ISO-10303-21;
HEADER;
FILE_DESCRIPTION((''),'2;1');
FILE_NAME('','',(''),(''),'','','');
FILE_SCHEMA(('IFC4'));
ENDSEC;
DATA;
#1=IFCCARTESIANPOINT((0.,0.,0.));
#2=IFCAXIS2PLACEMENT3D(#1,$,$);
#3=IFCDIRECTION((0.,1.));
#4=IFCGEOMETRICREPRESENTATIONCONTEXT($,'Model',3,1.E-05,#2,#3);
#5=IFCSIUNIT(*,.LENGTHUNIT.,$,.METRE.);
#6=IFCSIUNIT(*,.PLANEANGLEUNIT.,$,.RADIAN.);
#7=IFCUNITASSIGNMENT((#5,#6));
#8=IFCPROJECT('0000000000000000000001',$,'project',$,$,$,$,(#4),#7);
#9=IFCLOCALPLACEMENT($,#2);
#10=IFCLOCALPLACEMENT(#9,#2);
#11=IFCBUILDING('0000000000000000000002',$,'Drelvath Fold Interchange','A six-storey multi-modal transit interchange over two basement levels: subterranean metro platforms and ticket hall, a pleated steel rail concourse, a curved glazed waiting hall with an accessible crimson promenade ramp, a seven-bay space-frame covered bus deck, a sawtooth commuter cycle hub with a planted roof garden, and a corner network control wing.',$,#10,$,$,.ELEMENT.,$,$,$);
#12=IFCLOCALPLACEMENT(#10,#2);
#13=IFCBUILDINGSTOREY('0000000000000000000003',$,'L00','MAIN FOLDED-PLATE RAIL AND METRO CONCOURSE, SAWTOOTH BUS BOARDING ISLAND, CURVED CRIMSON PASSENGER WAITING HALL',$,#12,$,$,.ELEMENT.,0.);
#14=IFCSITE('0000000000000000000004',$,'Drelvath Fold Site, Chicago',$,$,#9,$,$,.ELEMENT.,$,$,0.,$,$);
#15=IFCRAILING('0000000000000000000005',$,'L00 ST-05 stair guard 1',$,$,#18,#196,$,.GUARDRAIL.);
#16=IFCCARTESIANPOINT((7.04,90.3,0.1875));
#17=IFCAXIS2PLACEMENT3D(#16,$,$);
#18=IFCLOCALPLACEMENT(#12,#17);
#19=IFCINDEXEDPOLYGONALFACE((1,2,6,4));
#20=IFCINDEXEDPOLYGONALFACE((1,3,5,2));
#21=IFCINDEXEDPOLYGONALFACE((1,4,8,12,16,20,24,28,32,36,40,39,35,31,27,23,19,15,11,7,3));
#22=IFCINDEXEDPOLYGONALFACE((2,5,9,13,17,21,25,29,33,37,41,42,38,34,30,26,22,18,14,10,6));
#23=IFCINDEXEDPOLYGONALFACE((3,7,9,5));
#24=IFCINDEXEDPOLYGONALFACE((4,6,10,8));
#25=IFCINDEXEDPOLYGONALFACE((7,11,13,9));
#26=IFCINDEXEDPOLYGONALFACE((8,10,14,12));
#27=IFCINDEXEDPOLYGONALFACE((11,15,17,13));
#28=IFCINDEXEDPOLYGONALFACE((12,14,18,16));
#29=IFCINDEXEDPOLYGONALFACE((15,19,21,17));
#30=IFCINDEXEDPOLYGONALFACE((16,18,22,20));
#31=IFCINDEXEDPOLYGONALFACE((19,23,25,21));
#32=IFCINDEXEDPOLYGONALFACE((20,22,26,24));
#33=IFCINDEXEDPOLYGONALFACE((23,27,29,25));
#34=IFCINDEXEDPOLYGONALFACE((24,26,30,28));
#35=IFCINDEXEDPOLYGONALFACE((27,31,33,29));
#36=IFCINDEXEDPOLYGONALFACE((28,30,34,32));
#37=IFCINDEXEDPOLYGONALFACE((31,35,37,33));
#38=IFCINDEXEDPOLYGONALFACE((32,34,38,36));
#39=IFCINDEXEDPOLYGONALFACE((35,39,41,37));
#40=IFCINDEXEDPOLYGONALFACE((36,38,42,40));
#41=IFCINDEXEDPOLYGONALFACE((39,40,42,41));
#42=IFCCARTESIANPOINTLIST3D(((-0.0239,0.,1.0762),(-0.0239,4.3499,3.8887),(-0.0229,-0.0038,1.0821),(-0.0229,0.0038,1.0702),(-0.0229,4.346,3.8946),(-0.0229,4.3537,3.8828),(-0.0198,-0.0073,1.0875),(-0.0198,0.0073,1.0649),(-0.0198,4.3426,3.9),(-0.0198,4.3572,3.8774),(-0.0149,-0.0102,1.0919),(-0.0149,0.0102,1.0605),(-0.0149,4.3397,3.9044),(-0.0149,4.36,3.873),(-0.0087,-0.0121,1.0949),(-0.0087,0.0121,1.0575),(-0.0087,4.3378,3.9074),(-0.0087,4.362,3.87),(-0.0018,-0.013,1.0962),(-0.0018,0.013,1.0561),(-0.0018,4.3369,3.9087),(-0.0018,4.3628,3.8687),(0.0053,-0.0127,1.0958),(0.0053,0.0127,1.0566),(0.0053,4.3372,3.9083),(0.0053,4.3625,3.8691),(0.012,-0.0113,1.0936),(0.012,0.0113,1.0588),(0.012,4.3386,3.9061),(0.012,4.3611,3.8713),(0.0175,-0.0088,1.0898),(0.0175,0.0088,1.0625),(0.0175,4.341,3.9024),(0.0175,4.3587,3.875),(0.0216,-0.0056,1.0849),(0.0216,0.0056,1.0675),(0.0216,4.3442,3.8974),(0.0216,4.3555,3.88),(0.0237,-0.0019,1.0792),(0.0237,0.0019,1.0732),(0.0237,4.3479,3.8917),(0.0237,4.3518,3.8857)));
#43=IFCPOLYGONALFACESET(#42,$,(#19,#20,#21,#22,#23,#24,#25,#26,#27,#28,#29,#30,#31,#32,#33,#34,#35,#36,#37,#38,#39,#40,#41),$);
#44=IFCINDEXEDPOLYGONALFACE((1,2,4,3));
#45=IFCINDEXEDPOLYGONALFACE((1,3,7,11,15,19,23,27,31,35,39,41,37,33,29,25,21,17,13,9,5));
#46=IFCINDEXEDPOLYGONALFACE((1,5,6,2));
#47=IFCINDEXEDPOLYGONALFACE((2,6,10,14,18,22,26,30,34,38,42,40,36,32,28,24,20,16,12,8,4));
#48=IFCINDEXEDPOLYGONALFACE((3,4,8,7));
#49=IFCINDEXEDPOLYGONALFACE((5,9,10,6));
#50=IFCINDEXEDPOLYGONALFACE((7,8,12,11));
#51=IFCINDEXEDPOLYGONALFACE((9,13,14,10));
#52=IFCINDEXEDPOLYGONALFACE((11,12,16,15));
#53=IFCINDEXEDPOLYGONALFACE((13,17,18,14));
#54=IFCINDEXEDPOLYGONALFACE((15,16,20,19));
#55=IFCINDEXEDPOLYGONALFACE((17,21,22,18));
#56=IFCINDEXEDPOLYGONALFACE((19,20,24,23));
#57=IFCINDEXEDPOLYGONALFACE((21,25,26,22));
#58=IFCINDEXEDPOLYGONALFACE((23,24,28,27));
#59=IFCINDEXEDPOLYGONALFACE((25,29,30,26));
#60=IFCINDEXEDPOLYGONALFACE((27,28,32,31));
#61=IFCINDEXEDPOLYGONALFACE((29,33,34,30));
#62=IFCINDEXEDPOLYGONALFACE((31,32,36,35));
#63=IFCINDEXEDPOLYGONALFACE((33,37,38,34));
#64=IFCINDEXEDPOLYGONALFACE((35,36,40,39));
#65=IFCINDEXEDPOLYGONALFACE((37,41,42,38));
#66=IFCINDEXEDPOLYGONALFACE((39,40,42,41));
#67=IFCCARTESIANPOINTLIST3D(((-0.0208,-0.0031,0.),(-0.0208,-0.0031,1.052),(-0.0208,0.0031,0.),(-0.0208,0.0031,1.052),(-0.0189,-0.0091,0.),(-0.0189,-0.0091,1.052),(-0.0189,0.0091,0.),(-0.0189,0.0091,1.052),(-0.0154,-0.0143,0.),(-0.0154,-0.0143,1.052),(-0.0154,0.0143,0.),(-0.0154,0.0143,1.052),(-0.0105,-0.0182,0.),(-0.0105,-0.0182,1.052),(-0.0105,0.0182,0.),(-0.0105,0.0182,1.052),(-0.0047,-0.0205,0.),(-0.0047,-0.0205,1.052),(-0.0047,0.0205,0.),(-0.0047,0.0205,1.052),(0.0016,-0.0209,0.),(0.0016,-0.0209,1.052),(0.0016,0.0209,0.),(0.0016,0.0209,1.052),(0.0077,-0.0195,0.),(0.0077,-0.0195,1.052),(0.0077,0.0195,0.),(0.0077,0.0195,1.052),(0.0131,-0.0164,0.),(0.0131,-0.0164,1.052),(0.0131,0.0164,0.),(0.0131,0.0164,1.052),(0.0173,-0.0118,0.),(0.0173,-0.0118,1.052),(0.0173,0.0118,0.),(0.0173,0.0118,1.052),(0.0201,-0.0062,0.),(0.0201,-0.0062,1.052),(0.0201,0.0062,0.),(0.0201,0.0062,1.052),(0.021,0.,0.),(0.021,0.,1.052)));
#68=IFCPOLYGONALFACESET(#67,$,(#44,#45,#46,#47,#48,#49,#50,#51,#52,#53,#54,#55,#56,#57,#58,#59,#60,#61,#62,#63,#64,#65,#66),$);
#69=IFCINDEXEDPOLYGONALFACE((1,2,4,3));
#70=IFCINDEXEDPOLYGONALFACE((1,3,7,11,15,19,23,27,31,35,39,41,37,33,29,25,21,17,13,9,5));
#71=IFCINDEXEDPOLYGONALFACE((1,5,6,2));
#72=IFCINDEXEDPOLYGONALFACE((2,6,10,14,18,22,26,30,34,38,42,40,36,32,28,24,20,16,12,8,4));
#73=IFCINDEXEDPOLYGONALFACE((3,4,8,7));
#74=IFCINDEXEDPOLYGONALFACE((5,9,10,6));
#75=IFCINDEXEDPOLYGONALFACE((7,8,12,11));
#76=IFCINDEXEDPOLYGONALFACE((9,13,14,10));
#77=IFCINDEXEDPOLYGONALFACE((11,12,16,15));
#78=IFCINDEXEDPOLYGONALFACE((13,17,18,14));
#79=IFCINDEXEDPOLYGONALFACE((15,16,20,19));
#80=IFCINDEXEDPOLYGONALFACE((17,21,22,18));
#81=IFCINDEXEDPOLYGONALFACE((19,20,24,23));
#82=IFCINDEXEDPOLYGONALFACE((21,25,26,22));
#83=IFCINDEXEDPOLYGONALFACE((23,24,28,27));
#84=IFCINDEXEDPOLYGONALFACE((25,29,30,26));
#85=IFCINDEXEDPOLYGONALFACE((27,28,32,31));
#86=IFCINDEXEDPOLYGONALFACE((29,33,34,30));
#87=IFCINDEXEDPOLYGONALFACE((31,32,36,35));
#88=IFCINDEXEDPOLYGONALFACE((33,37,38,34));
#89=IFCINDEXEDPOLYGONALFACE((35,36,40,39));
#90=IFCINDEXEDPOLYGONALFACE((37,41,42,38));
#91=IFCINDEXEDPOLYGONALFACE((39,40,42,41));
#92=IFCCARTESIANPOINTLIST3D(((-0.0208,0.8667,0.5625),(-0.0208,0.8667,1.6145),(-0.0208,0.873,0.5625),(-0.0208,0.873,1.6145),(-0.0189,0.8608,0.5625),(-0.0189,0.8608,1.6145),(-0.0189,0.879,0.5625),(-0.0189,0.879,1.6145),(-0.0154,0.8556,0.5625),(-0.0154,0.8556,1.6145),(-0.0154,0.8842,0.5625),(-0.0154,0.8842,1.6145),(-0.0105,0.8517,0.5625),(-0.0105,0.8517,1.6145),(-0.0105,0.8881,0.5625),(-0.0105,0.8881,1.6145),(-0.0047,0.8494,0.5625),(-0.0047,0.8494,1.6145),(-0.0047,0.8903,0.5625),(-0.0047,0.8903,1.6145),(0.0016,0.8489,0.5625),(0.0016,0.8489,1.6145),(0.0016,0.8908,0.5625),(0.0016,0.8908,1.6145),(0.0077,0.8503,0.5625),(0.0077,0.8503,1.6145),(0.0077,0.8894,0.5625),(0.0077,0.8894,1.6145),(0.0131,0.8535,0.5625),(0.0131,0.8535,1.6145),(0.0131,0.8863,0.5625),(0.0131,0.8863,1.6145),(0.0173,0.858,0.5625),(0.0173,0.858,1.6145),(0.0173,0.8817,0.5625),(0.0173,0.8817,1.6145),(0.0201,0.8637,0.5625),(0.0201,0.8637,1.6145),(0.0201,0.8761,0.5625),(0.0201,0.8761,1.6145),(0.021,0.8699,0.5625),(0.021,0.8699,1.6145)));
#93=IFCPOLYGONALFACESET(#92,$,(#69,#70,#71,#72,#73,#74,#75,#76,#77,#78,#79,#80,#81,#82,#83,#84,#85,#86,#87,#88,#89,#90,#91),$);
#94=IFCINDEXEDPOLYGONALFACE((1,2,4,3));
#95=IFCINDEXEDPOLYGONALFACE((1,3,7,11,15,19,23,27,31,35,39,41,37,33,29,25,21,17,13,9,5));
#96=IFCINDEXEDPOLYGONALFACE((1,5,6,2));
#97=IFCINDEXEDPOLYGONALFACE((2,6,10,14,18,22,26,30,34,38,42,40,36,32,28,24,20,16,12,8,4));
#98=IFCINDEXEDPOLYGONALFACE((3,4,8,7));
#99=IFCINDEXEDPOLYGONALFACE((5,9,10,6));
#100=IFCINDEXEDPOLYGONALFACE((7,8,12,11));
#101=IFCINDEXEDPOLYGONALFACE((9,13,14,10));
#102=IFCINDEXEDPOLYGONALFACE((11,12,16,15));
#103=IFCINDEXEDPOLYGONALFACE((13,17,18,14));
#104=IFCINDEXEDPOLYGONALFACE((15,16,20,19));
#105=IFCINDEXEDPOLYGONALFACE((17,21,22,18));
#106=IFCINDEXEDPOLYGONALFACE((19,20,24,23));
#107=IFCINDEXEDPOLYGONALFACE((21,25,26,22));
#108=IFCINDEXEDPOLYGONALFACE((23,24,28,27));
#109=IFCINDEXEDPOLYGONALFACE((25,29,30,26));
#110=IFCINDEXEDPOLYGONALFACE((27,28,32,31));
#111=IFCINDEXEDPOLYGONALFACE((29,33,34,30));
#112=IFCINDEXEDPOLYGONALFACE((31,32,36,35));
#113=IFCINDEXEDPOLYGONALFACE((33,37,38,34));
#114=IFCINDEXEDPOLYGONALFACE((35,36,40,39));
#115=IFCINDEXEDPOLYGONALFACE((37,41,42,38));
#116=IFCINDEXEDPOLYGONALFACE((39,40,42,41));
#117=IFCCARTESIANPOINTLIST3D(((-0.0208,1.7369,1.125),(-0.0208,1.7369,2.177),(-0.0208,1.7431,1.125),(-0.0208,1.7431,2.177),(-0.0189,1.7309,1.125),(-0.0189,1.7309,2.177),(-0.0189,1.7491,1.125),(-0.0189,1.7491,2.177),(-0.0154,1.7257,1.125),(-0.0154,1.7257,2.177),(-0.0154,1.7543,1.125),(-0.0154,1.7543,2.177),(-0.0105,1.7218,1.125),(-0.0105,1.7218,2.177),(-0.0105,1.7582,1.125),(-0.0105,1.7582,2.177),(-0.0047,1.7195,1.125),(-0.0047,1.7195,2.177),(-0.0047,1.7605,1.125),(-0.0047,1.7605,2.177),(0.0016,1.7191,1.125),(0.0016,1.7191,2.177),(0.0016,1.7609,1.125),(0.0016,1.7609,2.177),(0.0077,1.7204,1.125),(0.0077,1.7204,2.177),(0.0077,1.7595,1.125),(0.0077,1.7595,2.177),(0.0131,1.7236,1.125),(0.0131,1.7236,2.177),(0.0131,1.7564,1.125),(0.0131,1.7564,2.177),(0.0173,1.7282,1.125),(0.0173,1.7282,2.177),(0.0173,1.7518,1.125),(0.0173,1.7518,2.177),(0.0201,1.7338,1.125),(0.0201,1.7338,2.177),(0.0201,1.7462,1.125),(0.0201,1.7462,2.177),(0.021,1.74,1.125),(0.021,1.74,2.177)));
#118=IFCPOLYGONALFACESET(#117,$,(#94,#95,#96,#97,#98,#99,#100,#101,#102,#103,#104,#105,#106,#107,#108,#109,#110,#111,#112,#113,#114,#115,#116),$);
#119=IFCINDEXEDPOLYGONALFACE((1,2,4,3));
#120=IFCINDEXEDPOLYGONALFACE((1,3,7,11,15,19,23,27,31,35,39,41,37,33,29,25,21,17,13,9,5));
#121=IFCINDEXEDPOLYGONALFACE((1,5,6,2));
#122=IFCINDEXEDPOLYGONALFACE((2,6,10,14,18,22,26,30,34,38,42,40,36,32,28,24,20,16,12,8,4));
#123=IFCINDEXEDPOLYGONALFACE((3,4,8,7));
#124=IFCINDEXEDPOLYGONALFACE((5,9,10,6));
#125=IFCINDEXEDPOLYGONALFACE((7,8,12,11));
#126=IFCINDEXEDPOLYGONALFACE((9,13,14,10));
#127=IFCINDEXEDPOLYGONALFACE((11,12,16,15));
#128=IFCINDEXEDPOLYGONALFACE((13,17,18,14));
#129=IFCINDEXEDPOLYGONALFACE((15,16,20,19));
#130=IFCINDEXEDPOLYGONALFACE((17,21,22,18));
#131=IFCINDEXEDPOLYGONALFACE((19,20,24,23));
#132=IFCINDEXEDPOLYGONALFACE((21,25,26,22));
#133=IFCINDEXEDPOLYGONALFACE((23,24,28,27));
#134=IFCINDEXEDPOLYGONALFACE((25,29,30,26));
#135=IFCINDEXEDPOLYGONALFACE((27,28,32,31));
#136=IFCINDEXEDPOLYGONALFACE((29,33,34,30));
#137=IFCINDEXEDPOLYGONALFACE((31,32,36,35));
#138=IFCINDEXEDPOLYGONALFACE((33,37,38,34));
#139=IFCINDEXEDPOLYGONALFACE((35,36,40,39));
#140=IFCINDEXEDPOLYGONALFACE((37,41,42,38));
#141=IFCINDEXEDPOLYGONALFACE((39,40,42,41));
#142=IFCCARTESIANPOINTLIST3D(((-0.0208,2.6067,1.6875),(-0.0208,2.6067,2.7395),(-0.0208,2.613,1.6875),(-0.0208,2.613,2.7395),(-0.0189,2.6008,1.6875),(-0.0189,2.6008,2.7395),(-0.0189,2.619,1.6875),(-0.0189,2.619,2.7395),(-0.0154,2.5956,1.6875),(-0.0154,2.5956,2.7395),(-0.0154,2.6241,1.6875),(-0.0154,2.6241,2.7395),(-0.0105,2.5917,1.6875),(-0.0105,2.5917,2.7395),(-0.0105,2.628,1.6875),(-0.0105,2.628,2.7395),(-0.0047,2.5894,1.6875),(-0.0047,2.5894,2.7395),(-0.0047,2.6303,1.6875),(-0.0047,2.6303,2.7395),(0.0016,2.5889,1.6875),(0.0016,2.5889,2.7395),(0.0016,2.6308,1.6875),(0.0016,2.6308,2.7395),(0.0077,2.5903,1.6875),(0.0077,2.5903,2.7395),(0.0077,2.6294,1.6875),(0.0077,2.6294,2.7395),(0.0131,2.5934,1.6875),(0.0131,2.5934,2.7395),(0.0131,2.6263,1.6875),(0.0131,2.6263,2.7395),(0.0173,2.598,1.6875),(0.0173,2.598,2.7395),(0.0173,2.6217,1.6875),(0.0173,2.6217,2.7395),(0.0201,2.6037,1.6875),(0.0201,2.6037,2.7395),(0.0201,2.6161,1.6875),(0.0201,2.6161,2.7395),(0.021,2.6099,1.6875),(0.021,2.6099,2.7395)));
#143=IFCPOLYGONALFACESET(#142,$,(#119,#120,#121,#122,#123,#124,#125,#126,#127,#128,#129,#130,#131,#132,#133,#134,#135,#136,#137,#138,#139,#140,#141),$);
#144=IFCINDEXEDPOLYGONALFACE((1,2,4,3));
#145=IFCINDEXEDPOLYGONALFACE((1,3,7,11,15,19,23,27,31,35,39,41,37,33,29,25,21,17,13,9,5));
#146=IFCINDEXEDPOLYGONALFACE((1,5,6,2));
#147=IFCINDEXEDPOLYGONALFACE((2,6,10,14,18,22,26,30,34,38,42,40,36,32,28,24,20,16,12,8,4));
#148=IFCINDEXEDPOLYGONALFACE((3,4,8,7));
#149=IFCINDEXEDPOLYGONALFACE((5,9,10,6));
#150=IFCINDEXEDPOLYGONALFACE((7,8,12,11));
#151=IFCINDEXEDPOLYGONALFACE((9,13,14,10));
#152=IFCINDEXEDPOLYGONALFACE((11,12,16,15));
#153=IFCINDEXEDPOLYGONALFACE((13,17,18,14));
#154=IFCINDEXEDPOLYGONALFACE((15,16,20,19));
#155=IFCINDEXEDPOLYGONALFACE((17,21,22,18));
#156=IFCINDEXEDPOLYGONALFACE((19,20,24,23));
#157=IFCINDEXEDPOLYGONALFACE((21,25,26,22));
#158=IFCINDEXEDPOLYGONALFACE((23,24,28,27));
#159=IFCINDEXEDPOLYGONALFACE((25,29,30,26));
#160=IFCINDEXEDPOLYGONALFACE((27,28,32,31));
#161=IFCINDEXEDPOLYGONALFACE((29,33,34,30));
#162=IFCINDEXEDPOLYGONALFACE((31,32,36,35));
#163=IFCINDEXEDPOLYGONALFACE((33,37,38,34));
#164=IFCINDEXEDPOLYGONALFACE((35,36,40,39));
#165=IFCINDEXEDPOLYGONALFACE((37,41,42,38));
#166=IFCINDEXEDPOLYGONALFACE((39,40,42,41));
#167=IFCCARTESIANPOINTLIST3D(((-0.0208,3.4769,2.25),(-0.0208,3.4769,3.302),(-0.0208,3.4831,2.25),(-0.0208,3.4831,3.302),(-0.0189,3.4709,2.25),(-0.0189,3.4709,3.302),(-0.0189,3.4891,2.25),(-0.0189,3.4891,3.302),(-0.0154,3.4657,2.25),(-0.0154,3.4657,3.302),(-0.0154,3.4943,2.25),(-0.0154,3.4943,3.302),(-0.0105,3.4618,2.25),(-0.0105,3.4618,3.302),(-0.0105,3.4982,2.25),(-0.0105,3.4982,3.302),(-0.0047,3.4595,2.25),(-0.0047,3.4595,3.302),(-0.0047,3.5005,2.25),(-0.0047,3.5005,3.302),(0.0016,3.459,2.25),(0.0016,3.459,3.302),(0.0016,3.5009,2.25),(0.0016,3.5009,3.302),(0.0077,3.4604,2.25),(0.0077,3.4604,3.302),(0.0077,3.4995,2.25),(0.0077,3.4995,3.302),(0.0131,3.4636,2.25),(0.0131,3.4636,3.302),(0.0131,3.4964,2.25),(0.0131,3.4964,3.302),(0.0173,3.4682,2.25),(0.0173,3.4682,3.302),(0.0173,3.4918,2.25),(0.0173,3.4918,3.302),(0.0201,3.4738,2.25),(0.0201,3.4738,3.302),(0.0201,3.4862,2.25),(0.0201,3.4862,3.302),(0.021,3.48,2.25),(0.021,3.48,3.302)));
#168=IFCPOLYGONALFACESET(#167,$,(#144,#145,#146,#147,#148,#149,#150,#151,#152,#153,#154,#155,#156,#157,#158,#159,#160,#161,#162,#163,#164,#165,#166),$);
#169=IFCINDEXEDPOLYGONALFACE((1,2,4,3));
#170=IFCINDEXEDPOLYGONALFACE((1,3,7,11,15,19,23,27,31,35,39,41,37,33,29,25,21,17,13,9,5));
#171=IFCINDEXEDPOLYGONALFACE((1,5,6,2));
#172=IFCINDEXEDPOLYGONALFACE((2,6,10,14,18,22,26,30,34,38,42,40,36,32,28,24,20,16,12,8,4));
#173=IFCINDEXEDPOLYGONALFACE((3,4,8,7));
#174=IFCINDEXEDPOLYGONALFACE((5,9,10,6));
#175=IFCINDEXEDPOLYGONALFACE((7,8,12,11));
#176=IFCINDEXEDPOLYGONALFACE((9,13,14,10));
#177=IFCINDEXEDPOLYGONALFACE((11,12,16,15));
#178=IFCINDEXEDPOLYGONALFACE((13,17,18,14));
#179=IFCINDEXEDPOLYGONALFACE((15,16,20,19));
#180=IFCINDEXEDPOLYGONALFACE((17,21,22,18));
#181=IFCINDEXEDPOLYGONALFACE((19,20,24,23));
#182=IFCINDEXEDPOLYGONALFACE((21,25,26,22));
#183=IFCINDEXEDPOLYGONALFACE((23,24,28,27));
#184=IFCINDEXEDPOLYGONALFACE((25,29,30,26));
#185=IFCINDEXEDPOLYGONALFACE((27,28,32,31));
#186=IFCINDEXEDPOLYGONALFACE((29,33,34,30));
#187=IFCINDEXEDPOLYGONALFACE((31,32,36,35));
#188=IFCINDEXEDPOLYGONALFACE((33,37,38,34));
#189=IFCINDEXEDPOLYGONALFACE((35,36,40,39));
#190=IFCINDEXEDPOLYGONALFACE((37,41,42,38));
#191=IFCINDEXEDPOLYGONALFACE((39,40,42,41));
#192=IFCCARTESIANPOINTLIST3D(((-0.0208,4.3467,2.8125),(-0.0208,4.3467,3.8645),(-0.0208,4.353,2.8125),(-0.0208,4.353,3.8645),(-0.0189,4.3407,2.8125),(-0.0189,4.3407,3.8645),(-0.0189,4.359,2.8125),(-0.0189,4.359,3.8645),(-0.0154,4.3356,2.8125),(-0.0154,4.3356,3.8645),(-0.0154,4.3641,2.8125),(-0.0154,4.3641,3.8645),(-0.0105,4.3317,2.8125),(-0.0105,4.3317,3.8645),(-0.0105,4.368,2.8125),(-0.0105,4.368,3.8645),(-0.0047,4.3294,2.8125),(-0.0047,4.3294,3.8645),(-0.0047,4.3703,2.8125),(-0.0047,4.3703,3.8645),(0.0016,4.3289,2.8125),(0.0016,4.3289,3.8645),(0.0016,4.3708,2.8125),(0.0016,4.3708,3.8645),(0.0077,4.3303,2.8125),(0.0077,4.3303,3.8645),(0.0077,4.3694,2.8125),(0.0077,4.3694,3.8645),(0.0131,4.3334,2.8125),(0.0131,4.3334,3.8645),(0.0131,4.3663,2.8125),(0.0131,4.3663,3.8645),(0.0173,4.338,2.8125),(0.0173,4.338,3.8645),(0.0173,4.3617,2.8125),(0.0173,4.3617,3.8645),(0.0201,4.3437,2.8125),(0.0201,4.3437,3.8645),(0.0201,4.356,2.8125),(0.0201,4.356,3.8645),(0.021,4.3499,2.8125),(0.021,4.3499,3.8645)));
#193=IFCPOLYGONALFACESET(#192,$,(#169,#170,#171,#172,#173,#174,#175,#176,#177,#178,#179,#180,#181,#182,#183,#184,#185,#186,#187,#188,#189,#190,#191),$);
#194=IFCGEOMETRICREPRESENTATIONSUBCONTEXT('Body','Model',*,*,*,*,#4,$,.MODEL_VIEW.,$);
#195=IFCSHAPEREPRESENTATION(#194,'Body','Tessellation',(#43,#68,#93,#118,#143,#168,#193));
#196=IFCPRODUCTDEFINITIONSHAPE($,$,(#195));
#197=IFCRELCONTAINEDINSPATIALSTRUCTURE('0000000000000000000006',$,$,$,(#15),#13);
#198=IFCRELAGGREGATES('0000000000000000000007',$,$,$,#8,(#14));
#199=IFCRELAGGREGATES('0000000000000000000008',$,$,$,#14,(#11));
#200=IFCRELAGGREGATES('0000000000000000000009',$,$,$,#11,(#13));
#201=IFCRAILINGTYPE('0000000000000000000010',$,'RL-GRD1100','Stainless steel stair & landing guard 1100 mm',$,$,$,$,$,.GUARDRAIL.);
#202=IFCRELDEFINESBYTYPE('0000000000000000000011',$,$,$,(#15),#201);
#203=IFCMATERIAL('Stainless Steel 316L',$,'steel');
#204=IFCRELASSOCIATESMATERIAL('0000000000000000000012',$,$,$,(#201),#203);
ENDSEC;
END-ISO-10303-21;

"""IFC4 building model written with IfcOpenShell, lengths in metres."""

from ifc_helpers import new_model, si_unit, direction, frame, origin, origin_2d, place, context, subcontext, project, spatial, circle, extrude, material, type_object, element, save


model = new_model("IFC4")

# Units and contexts
model_context = context("Model", 3, precision=1e-05, world=origin(), true_north=direction((0.0, 1.0)))
body_context = subcontext(model_context, "Body", "Model", "MODEL_VIEW")
ifc_project = project(units=[si_unit("LENGTHUNIT", "METRE"), si_unit("PLANEANGLEUNIT", "RADIAN")], contexts=[model_context])

# Site, building, storey
site_placement = place(None, origin())
site = spatial("IfcSite", under=ifc_project, at=site_placement, Name="Drelvath Fold Site, Chicago", CompositionType="ELEMENT", RefElevation=0.0)
building_placement = place(site_placement, origin())
building = spatial("IfcBuilding", under=site, at=building_placement, Name="Drelvath Fold Interchange", Description="A six-storey multi-modal transit interchange over two basement levels: subterranean metro platforms and ticket hall, a pleated steel rail concourse, a curved glazed waiting hall with an accessible crimson promenade ramp, a seven-bay space-frame covered bus deck, a sawtooth commuter cycle hub with a planted roof garden, and a corner network control wing.", CompositionType="ELEMENT")
storey_placement = place(building_placement, origin())
storey = spatial("IfcBuildingStorey", under=building, at=storey_placement, Name="L00", Description="MAIN FOLDED-PLATE RAIL AND METRO CONCOURSE, SAWTOOTH BUS BOARDING ISLAND, CURVED CRIMSON PASSENGER WAITING HALL", CompositionType="ELEMENT", Elevation=0.0)

# Railing
ifc_material_1 = material(Name="Stainless Steel 316L", Category="steel")
railing_type_1 = type_object("IfcRailingType", Name="RL-GRD1100", Description="Stainless steel stair & landing guard 1100 mm", PredefinedType="GUARDRAIL", material=ifc_material_1)
railing_1_placement = place(storey_placement, frame((7.04, 90.3, 0.1875)))
element("IfcRailing", 1, at=railing_1_placement, inside=storey, type_object=railing_type_1, Name="L00 ST-05 stair guard 1", PredefinedType="GUARDRAIL", context=body_context, shape_type="SweptSolid", body=[
    extrude(circle(Radius=0.0239, at=origin_2d()), frame((0.0, 0.0, 1.0762), z_axis=(0.0, 0.839756, 0.542964), x_axis=(-1.0, 0.0, 0.0)), (0.0, 0.0, 1.0), 5.1799),
    extrude(circle(Radius=0.021, at=origin_2d()), origin(), (0.0, 0.0, 1.0), 1.052),
    extrude(circle(Radius=0.021, at=origin_2d()), frame((0.0, 0.8699, 0.5625)), (0.0, 0.0, 1.0), 1.052),
    extrude(circle(Radius=0.021, at=origin_2d()), frame((0.0, 1.74, 1.125)), (0.0, 0.0, 1.0), 1.052),
    extrude(circle(Radius=0.021, at=origin_2d()), frame((0.0, 2.6099, 1.6875)), (0.0, 0.0, 1.0), 1.052),
    extrude(circle(Radius=0.021, at=origin_2d()), frame((0.0, 3.48, 2.25)), (0.0, 0.0, 1.0), 1.052),
    extrude(circle(Radius=0.021, at=origin_2d()), frame((0.0, 4.3499, 2.8125)), (0.0, 0.0, 1.0), 1.052),
])

save(model, "model.ifc")
